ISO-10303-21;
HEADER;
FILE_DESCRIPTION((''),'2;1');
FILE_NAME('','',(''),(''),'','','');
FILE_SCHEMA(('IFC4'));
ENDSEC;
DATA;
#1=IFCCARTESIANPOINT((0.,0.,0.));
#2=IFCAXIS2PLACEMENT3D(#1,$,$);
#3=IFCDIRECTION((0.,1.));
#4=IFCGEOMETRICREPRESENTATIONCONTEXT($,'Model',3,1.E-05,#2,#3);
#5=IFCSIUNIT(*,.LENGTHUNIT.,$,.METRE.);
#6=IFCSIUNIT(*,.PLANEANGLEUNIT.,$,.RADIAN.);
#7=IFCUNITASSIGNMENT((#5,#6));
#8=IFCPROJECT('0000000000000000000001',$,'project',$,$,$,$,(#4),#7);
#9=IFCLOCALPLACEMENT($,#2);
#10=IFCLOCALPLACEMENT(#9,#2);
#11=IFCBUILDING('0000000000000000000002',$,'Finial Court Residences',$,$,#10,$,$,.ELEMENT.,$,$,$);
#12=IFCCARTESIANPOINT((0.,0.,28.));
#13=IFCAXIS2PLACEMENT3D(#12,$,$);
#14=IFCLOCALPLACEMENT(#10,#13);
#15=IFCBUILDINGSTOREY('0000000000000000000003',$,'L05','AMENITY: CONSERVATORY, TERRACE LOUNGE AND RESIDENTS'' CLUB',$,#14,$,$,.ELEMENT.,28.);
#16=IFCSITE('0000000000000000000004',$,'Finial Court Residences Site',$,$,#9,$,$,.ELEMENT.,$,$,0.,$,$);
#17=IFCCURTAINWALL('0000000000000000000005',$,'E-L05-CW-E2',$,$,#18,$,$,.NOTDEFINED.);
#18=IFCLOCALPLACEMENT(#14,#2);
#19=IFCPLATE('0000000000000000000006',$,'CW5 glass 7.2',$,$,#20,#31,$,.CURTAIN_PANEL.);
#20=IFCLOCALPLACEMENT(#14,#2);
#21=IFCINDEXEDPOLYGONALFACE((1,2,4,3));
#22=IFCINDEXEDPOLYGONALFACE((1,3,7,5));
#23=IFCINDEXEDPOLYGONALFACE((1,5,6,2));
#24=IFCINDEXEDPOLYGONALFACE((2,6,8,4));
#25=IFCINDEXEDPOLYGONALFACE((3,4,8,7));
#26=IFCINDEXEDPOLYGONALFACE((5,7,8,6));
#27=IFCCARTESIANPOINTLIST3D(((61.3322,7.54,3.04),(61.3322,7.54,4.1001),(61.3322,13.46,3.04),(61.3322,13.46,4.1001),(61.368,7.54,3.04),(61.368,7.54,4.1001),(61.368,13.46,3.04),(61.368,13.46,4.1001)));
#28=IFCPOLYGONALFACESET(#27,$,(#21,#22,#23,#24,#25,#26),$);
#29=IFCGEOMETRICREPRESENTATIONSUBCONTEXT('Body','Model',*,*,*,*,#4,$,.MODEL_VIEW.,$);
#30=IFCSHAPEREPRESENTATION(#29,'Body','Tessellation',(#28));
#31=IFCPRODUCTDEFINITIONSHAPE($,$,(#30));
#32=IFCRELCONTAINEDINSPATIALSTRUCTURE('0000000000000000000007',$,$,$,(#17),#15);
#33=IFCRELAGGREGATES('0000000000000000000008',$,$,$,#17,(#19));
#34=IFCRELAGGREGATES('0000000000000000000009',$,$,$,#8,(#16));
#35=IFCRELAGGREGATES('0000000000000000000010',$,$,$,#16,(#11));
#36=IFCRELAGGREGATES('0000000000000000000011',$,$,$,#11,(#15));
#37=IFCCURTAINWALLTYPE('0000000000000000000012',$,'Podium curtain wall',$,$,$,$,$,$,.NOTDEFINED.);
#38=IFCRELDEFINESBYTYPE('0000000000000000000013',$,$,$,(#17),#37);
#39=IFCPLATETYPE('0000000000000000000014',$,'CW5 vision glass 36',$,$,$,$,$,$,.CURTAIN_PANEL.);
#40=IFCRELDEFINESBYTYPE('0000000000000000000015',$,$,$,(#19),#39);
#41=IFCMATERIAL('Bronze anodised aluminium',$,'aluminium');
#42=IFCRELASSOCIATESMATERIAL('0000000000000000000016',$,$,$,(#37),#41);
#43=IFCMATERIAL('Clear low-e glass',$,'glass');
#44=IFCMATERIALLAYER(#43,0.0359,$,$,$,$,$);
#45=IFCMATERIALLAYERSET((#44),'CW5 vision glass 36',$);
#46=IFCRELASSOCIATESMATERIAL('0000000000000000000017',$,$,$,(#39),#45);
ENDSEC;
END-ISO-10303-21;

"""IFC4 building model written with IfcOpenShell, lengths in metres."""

from ifc_helpers import new_model, si_unit, direction, frame, origin, origin_2d, place, context, subcontext, project, spatial, rectangle, extrude, material, layer, layer_set, type_object, element, aggregate, save


model = new_model("IFC4")

# Units and contexts
model_context = context("Model", 3, precision=1e-05, world=origin(), true_north=direction((0.0, 1.0)))
body_context = subcontext(model_context, "Body", "Model", "MODEL_VIEW")
ifc_project = project(units=[si_unit("LENGTHUNIT", "METRE"), si_unit("PLANEANGLEUNIT", "RADIAN")], contexts=[model_context])

# Site, building, storey
site_placement = place(None, origin())
site = spatial("IfcSite", under=ifc_project, at=site_placement, Name="Finial Court Residences Site", CompositionType="ELEMENT", RefElevation=0.0)
building_placement = place(site_placement, origin())
building = spatial("IfcBuilding", under=site, at=building_placement, Name="Finial Court Residences", CompositionType="ELEMENT")
storey_placement = place(building_placement, frame((0.0, 0.0, 28.0)))
storey = spatial("IfcBuildingStorey", under=building, at=storey_placement, Name="L05", Description="AMENITY: CONSERVATORY, TERRACE LOUNGE AND RESIDENTS' CLUB", CompositionType="ELEMENT", Elevation=28.0)

# Curtain wall, plate
ifc_material_1 = material(Name="Bronze anodised aluminium", Category="aluminium")
curtain_wall_type = type_object("IfcCurtainWallType", Name="Podium curtain wall", PredefinedType="NOTDEFINED", material=ifc_material_1)
curtain_wall_placement = place(storey_placement, origin())
curtain_wall = element("IfcCurtainWall", 1, at=curtain_wall_placement, inside=storey, type_object=curtain_wall_type, Name="E-L05-CW-E2", PredefinedType="NOTDEFINED")
ifc_material_2 = material(Name="Clear low-e glass", Category="glass")
ifc_layer = layer(ifc_material_2, 0.0359)
ifc_layer_set = layer_set([ifc_layer], Name="CW5 vision glass 36")
plate_type = type_object("IfcPlateType", Name="CW5 vision glass 36", PredefinedType="CURTAIN_PANEL", material=ifc_layer_set)
plate_1_placement = place(storey_placement, frame((61.3501, 10.5, 3.04), z_axis=(0.0, 0.0, 1.0), x_axis=(0.0, 1.0, 0.0)))
plate_1 = element("IfcPlate", 2, at=plate_1_placement, type_object=plate_type, Name="CW5 glass 7.2", PredefinedType="CURTAIN_PANEL", context=body_context, shape_type="SweptSolid", body=[
    extrude(rectangle(XDim=5.9199, YDim=0.0359, at=origin_2d()), origin(), (0.0, 0.0, 1.0), 1.0601),
])
aggregate(curtain_wall, [plate_1])

save(model, "model.ifc")
